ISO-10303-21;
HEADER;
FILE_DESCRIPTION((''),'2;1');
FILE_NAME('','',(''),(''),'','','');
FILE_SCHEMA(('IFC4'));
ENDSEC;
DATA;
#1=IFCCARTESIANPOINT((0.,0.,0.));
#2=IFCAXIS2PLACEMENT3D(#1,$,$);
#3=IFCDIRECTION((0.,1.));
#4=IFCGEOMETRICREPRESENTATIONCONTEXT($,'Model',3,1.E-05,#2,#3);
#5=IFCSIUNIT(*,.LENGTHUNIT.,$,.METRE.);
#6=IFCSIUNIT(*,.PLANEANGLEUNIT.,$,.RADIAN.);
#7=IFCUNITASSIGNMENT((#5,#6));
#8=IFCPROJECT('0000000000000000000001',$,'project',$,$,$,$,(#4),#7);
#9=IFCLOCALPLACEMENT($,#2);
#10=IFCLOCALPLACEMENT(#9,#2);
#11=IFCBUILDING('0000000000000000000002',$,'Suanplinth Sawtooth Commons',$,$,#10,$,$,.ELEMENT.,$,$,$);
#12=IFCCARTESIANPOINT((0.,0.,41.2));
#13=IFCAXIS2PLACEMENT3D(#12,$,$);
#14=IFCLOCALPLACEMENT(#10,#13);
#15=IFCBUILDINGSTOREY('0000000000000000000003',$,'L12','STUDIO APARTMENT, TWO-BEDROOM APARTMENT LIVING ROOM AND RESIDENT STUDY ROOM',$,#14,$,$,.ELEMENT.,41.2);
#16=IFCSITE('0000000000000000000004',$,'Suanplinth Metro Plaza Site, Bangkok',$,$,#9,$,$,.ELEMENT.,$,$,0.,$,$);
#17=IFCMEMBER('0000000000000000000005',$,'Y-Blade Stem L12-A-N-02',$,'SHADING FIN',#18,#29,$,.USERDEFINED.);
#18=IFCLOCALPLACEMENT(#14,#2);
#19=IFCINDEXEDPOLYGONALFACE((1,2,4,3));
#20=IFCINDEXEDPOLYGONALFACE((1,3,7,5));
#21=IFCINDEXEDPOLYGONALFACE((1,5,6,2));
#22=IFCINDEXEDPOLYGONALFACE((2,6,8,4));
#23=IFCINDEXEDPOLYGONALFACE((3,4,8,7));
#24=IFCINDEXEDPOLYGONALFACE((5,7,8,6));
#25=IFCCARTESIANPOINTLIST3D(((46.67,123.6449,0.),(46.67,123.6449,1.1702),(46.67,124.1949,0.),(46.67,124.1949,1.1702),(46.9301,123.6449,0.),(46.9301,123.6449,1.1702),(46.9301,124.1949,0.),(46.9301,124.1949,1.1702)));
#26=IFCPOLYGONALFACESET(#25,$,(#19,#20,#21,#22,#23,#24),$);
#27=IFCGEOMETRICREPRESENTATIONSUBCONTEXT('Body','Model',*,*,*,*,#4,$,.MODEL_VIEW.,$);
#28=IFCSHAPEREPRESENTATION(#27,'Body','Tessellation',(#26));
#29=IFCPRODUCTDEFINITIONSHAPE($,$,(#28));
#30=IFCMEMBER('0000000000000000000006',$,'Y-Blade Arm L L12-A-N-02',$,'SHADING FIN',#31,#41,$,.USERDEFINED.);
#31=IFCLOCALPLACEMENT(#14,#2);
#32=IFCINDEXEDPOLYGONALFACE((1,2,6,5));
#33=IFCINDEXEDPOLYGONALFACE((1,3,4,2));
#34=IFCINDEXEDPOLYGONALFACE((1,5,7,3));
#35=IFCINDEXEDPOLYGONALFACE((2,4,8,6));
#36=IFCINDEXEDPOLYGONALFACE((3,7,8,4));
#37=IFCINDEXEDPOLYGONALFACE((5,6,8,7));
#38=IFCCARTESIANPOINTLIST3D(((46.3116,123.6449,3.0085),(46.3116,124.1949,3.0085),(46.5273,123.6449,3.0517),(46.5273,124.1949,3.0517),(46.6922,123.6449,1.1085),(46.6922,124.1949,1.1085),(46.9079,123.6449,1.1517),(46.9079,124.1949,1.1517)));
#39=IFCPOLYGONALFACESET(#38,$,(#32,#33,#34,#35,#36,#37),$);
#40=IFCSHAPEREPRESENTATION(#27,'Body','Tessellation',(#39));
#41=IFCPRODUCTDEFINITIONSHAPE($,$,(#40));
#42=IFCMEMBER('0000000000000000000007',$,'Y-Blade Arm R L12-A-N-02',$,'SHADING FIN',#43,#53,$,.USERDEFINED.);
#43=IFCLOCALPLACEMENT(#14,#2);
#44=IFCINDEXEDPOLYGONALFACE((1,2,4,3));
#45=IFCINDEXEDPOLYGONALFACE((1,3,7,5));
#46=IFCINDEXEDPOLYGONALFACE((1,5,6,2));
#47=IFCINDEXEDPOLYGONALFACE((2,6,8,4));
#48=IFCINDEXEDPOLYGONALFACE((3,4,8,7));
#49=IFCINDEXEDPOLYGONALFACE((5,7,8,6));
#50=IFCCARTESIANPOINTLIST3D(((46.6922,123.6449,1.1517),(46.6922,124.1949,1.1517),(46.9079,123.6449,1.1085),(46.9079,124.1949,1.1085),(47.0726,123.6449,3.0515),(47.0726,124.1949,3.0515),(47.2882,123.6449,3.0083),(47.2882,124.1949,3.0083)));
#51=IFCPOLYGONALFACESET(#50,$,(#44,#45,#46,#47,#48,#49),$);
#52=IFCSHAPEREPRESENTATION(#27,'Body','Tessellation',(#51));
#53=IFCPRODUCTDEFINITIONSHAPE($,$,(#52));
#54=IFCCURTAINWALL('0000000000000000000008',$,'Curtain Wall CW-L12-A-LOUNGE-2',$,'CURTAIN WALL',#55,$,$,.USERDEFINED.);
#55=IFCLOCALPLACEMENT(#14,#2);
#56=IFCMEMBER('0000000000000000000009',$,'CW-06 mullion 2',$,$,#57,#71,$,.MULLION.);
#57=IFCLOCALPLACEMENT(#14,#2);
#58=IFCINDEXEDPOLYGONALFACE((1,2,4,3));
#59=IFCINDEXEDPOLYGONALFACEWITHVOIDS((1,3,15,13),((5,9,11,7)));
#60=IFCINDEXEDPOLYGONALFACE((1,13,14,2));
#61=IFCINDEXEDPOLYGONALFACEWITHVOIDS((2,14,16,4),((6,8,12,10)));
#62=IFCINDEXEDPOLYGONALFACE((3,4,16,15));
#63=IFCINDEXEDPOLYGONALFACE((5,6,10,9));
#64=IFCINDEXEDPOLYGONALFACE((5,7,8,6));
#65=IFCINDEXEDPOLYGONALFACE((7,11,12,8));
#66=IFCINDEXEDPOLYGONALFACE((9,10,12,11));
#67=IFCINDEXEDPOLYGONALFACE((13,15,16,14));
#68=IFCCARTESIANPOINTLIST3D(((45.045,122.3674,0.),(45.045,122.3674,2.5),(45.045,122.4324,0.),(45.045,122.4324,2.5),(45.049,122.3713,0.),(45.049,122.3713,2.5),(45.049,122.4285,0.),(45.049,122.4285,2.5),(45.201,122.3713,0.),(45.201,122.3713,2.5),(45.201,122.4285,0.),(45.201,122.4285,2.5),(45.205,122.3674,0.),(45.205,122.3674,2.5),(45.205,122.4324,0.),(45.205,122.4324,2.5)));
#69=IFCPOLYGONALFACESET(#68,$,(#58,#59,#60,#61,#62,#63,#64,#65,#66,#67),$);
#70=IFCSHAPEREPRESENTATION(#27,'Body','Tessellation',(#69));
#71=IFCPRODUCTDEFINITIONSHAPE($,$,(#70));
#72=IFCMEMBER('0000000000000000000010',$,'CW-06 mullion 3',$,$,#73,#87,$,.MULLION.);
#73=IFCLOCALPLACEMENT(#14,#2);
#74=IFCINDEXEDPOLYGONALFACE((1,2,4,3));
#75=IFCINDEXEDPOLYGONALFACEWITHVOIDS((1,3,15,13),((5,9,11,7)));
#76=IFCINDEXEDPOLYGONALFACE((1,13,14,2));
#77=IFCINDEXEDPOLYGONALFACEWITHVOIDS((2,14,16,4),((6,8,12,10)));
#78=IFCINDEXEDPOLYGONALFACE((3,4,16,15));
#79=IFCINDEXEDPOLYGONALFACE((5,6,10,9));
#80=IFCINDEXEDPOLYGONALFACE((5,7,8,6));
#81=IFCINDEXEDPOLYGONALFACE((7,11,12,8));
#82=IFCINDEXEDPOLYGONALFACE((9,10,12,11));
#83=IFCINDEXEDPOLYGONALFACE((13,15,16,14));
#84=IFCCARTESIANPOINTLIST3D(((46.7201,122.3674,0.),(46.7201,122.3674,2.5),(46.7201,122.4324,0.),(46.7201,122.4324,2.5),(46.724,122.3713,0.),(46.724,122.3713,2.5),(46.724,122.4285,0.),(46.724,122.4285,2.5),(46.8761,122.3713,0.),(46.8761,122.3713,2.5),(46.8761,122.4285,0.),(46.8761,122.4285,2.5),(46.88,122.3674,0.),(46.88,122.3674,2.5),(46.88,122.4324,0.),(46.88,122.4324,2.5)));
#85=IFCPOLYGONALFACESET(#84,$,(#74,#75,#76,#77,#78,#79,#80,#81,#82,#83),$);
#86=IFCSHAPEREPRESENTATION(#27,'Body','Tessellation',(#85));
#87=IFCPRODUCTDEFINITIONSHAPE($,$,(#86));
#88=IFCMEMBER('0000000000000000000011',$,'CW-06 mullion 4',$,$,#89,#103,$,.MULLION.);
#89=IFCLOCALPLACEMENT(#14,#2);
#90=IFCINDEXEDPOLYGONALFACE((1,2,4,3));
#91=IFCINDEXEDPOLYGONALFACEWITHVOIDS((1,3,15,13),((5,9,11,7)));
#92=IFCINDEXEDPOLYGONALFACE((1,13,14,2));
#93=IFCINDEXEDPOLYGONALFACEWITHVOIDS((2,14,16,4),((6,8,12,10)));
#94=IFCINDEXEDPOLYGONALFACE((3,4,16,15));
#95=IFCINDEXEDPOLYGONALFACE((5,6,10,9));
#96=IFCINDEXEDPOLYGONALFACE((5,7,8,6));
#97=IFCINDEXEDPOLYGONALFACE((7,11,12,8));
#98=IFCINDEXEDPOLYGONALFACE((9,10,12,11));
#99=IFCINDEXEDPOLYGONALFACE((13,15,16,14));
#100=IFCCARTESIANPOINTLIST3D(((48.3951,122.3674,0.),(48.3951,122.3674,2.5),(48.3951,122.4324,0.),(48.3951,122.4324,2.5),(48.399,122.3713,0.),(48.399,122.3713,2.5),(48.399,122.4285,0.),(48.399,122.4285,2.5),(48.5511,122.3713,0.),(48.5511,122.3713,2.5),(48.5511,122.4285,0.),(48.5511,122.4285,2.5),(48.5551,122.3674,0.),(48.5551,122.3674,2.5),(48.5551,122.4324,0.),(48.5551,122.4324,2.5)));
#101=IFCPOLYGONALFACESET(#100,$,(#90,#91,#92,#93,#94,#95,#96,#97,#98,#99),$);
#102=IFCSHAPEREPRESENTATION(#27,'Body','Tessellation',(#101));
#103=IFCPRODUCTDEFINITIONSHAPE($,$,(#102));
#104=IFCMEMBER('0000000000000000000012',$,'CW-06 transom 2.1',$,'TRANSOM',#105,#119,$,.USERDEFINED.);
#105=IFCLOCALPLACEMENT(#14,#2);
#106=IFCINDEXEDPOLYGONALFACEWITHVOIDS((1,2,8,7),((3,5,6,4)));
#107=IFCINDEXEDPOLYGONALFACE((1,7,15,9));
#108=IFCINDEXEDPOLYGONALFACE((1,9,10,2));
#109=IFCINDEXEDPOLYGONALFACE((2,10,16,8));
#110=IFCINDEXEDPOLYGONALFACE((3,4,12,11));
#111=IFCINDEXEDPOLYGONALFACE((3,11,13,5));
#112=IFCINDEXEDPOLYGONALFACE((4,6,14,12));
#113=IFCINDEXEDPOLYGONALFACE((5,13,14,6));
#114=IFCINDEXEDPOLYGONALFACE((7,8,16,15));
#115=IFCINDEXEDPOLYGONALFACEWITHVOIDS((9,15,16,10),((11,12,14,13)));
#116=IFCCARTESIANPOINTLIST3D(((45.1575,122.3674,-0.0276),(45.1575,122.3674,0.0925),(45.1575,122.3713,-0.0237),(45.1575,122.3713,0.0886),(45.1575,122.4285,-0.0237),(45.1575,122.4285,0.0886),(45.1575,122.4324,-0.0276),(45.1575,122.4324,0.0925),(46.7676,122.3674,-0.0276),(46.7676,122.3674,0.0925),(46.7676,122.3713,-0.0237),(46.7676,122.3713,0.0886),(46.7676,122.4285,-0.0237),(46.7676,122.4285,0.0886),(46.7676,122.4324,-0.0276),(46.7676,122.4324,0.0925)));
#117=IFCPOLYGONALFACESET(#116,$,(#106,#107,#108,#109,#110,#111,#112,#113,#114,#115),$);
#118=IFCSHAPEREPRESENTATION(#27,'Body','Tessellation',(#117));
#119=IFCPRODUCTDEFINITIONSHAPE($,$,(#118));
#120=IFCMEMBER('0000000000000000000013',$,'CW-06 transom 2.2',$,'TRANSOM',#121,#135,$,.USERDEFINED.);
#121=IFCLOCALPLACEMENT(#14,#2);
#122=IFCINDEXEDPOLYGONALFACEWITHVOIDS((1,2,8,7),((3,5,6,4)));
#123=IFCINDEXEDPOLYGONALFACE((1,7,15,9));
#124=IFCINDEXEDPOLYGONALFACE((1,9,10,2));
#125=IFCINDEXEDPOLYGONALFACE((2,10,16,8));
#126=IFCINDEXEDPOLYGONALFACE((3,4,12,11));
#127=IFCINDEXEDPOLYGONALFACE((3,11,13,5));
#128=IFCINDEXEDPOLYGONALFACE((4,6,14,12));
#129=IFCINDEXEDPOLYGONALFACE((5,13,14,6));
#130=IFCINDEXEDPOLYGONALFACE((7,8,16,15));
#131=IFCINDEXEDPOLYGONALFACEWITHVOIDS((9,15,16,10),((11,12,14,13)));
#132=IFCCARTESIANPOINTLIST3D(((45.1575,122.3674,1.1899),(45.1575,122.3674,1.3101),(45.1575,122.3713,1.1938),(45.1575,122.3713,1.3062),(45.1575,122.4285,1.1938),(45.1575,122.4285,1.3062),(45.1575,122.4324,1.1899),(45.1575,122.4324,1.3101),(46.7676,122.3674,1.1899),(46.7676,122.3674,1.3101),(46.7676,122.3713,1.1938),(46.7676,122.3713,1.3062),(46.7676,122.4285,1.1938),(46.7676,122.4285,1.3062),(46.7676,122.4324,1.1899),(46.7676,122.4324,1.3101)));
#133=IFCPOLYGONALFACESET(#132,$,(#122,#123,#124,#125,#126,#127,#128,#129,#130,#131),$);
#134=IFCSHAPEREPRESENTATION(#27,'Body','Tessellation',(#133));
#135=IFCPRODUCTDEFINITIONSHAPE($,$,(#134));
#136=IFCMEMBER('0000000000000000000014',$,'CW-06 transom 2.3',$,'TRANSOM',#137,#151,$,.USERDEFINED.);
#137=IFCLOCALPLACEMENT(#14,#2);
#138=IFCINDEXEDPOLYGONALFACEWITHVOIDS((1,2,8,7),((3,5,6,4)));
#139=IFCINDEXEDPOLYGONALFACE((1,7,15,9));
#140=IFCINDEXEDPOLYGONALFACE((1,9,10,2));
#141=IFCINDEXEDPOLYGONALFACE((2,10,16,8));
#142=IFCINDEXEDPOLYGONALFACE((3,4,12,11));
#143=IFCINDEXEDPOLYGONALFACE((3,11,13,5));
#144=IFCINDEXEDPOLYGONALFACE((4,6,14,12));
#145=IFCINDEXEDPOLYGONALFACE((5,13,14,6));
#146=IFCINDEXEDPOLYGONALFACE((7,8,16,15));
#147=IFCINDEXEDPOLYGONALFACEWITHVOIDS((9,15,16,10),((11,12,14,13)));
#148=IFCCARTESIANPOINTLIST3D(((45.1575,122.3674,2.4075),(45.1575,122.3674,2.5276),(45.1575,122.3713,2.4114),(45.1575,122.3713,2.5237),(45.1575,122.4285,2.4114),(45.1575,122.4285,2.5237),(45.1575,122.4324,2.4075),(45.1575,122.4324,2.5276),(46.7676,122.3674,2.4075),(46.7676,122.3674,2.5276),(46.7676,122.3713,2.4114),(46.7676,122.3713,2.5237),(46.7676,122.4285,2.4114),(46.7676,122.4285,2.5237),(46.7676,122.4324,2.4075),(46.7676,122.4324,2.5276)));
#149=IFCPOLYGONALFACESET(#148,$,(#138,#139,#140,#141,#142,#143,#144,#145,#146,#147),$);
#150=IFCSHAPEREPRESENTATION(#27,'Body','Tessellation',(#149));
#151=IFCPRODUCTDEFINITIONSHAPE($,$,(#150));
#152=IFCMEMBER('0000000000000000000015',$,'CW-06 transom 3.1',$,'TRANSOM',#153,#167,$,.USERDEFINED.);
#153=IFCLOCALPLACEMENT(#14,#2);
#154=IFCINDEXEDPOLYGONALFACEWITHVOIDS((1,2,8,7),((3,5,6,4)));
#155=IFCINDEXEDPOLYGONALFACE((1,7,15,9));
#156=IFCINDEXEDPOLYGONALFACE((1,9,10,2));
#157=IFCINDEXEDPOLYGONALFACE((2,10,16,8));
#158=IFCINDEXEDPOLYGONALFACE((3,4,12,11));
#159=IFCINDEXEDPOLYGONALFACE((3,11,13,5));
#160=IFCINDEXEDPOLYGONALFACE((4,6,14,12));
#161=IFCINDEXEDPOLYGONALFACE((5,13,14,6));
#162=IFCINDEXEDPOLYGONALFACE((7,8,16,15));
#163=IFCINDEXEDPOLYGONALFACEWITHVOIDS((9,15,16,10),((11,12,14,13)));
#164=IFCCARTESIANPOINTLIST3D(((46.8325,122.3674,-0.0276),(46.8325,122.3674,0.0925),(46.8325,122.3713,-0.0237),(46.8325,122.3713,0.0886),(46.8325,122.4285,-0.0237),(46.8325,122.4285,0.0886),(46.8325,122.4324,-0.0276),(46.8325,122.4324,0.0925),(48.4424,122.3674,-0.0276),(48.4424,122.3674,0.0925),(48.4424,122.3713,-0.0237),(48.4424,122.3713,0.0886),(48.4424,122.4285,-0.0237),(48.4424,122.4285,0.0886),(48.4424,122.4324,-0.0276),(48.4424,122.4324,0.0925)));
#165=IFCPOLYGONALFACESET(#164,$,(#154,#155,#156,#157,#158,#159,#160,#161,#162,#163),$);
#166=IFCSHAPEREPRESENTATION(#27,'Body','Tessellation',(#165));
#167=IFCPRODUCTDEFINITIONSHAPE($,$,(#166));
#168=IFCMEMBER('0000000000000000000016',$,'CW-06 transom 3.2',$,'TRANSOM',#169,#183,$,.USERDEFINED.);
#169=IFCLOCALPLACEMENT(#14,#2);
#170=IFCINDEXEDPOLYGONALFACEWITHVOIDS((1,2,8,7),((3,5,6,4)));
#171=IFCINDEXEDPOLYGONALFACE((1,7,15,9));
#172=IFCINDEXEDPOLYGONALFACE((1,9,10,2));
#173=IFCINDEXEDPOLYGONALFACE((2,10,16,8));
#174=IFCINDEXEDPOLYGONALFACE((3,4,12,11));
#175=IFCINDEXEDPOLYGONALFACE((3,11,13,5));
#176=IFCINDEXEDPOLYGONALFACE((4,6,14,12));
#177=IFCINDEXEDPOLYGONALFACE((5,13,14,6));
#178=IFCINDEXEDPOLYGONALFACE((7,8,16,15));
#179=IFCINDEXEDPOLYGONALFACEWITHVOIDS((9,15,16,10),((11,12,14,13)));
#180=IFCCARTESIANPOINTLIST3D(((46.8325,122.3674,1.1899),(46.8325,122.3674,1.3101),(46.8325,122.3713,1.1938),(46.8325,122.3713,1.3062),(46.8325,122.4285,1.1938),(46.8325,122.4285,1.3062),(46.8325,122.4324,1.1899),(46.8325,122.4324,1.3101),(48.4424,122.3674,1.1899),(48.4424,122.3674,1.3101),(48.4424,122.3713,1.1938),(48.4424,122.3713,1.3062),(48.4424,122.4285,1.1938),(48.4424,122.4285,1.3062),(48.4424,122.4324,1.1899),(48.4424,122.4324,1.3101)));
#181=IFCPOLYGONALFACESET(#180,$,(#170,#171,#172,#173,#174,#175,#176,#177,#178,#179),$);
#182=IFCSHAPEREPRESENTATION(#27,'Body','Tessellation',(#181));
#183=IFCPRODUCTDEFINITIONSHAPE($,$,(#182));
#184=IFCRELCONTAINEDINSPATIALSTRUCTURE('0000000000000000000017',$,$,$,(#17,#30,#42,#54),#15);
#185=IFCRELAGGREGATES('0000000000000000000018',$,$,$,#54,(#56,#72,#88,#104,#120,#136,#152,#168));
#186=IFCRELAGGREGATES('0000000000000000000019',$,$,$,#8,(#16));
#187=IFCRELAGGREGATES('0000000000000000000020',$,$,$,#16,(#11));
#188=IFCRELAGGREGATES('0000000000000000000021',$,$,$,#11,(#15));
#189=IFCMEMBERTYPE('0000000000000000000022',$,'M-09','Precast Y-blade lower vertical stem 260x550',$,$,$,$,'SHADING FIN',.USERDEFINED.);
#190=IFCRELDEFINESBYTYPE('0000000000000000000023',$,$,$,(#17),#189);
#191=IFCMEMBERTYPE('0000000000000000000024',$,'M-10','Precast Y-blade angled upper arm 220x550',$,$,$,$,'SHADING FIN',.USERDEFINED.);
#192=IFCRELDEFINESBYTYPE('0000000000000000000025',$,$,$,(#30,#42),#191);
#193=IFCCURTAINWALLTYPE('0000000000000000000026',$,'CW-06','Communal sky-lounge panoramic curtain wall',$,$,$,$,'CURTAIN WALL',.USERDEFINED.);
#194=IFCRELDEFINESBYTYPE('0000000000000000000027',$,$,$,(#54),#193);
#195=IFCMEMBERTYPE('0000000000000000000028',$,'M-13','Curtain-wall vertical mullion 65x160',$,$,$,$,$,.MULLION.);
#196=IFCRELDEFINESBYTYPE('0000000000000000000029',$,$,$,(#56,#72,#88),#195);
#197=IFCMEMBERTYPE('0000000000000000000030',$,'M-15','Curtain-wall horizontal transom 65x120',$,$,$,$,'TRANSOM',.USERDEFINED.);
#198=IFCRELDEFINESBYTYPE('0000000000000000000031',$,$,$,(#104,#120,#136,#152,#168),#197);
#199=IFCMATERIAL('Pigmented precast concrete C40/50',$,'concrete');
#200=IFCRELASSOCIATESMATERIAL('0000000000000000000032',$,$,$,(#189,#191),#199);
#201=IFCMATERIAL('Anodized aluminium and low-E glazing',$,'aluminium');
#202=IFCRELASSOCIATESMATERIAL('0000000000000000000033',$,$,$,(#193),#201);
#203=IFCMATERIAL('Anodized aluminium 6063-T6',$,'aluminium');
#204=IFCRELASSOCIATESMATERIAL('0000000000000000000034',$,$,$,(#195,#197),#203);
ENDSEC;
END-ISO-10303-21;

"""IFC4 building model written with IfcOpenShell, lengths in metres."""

from ifc_helpers import new_model, si_unit, direction, frame, origin, origin_2d, place, context, subcontext, project, spatial, rectangle, hollow_rectangle, extrude, material, material_profile, profile_set, type_object, element, aggregate, save


model = new_model("IFC4")

# Units and contexts
model_context = context("Model", 3, precision=1e-05, world=origin(), true_north=direction((0.0, 1.0)))
body_context = subcontext(model_context, "Body", "Model", "MODEL_VIEW")
ifc_project = project(units=[si_unit("LENGTHUNIT", "METRE"), si_unit("PLANEANGLEUNIT", "RADIAN")], contexts=[model_context])

# Site, building, storey
site_placement = place(None, origin())
site = spatial("IfcSite", under=ifc_project, at=site_placement, Name="Suanplinth Metro Plaza Site, Bangkok", CompositionType="ELEMENT", RefElevation=0.0)
building_placement = place(site_placement, origin())
building = spatial("IfcBuilding", under=site, at=building_placement, Name="Suanplinth Sawtooth Commons", CompositionType="ELEMENT")
storey_placement = place(building_placement, frame((0.0, 0.0, 41.2)))
storey = spatial("IfcBuildingStorey", under=building, at=storey_placement, Name="L12", Description="STUDIO APARTMENT, TWO-BEDROOM APARTMENT LIVING ROOM AND RESIDENT STUDY ROOM", CompositionType="ELEMENT", Elevation=41.2)

# Members
ifc_material_1 = material(Name="Pigmented precast concrete C40/50", Category="concrete")
ifc_material_profile_1 = material_profile(ifc_material_1, rectangle(XDim=0.26, YDim=0.55, at=origin_2d()), Name="PC-FIN 260x550")
ifc_profile_set_1 = profile_set([ifc_material_profile_1], Name="Pigmented precast concrete C40/50")
member_type_1 = type_object("IfcMemberType", Name="M-09", Description="Precast Y-blade lower vertical stem 260x550", ElementType="SHADING FIN", PredefinedType="USERDEFINED", material=ifc_profile_set_1)
member_1_placement = place(storey_placement, frame((46.8, 123.9199, 0.0), z_axis=(0.0, 0.0, 1.0), x_axis=(1.0, 0.0, 0.0)))
element("IfcMember", 1, at=member_1_placement, inside=storey, type_object=member_type_1, Name="Y-Blade Stem L12-A-N-02", ObjectType="SHADING FIN", PredefinedType="USERDEFINED", context=body_context, shape_type="SweptSolid", body=[
    extrude(rectangle(XDim=0.26, YDim=0.55, at=origin_2d()), origin(), (0.0, 0.0, 1.0), 1.1702),
])
ifc_material_profile_2 = material_profile(ifc_material_1, rectangle(XDim=0.22, YDim=0.55, at=origin_2d()), Name="PC-FIN 220x550")
ifc_profile_set_2 = profile_set([ifc_material_profile_2], Name="Pigmented precast concrete C40/50")
member_type_2 = type_object("IfcMemberType", Name="M-10", Description="Precast Y-blade angled upper arm 220x550", ElementType="SHADING FIN", PredefinedType="USERDEFINED", material=ifc_profile_set_2)
member_2_placement = place(storey_placement, frame((46.8, 123.9199, 1.1301), z_axis=(-0.196431, 0.0, 0.980518), x_axis=(0.980518, 0.0, 0.196431)))
element("IfcMember", 2, at=member_2_placement, inside=storey, type_object=member_type_2, Name="Y-Blade Arm L L12-A-N-02", ObjectType="SHADING FIN", PredefinedType="USERDEFINED", context=body_context, shape_type="SweptSolid", body=[
    extrude(rectangle(XDim=0.22, YDim=0.55, at=origin_2d()), origin(), (0.0, 0.0, 1.0), 1.9377),
])
member_3_placement = place(storey_placement, frame((46.8, 123.9199, 1.1301), z_axis=(0.19631, 0.0, 0.980542), x_axis=(-0.980542, 0.0, 0.19631)))
element("IfcMember", 3, at=member_3_placement, inside=storey, type_object=member_type_2, Name="Y-Blade Arm R L12-A-N-02", ObjectType="SHADING FIN", PredefinedType="USERDEFINED", context=body_context, shape_type="SweptSolid", body=[
    extrude(rectangle(XDim=0.22, YDim=0.55, at=origin_2d()), origin(), (0.0, 0.0, 1.0), 1.9375),
])

# Curtain wall, members
ifc_material_2 = material(Name="Anodized aluminium and low-E glazing", Category="aluminium")
curtain_wall_type = type_object("IfcCurtainWallType", Name="CW-06", Description="Communal sky-lounge panoramic curtain wall", ElementType="CURTAIN WALL", PredefinedType="USERDEFINED", material=ifc_material_2)
curtain_wall_placement = place(storey_placement, origin())
curtain_wall = element("IfcCurtainWall", 4, at=curtain_wall_placement, inside=storey, type_object=curtain_wall_type, Name="Curtain Wall CW-L12-A-LOUNGE-2", ObjectType="CURTAIN WALL", PredefinedType="USERDEFINED")
ifc_material_3 = material(Name="Anodized aluminium 6063-T6", Category="aluminium")
ifc_material_profile_3 = material_profile(ifc_material_3, hollow_rectangle(XDim=0.0649, YDim=0.1599, WallThickness=0.0039, at=origin_2d()), Name="ALU-MUL 65x160")
ifc_profile_set_3 = profile_set([ifc_material_profile_3], Name="Anodized aluminium 6063-T6")
member_type_3 = type_object("IfcMemberType", Name="M-13", Description="Curtain-wall vertical mullion 65x160", PredefinedType="MULLION", material=ifc_profile_set_3)
member_4_placement = place(storey_placement, frame((45.125, 122.3999, 0.0), z_axis=(0.0, 0.0, 1.0), x_axis=(0.0, 1.0, 0.0)))
member_4 = element("IfcMember", 5, at=member_4_placement, type_object=member_type_3, Name="CW-06 mullion 2", PredefinedType="MULLION", context=body_context, shape_type="SweptSolid", body=[
    extrude(hollow_rectangle(XDim=0.0649, YDim=0.1599, WallThickness=0.0039, at=origin_2d()), origin(), (0.0, 0.0, 1.0), 2.5),
])
member_5_placement = place(storey_placement, frame((46.8, 122.3999, 0.0), z_axis=(0.0, 0.0, 1.0), x_axis=(0.0, 1.0, 0.0)))
member_5 = element("IfcMember", 6, at=member_5_placement, type_object=member_type_3, Name="CW-06 mullion 3", PredefinedType="MULLION", context=body_context, shape_type="SweptSolid", body=[
    extrude(hollow_rectangle(XDim=0.0649, YDim=0.1599, WallThickness=0.0039, at=origin_2d()), origin(), (0.0, 0.0, 1.0), 2.5),
])
member_6_placement = place(storey_placement, frame((48.4751, 122.3999, 0.0), z_axis=(0.0, 0.0, 1.0), x_axis=(0.0, 1.0, 0.0)))
member_6 = element("IfcMember", 7, at=member_6_placement, type_object=member_type_3, Name="CW-06 mullion 4", PredefinedType="MULLION", context=body_context, shape_type="SweptSolid", body=[
    extrude(hollow_rectangle(XDim=0.0649, YDim=0.1599, WallThickness=0.0039, at=origin_2d()), origin(), (0.0, 0.0, 1.0), 2.5),
])
ifc_material_profile_4 = material_profile(ifc_material_3, hollow_rectangle(XDim=0.0649, YDim=0.1201, WallThickness=0.0039, at=origin_2d()), Name="ALU-TRN 65x120")
ifc_profile_set_4 = profile_set([ifc_material_profile_4], Name="Anodized aluminium 6063-T6")
member_type_4 = type_object("IfcMemberType", Name="M-15", Description="Curtain-wall horizontal transom 65x120", ElementType="TRANSOM", PredefinedType="USERDEFINED", material=ifc_profile_set_4)
member_7_placement = place(storey_placement, frame((45.1575, 122.3999, 0.0325), z_axis=(1.0, 0.0, 0.0), x_axis=(0.0, 1.0, 0.0)))
member_7 = element("IfcMember", 8, at=member_7_placement, type_object=member_type_4, Name="CW-06 transom 2.1", ObjectType="TRANSOM", PredefinedType="USERDEFINED", context=body_context, shape_type="SweptSolid", body=[
    extrude(hollow_rectangle(XDim=0.0649, YDim=0.1201, WallThickness=0.0039, at=origin_2d()), origin(), (0.0, 0.0, 1.0), 1.6101),
])
member_8_placement = place(storey_placement, frame((45.1575, 122.3999, 1.25), z_axis=(1.0, 0.0, 0.0), x_axis=(0.0, 1.0, 0.0)))
member_8 = element("IfcMember", 9, at=member_8_placement, type_object=member_type_4, Name="CW-06 transom 2.2", ObjectType="TRANSOM", PredefinedType="USERDEFINED", context=body_context, shape_type="SweptSolid", body=[
    extrude(hollow_rectangle(XDim=0.0649, YDim=0.1201, WallThickness=0.0039, at=origin_2d()), origin(), (0.0, 0.0, 1.0), 1.6101),
])
member_9_placement = place(storey_placement, frame((45.1575, 122.3999, 2.4675), z_axis=(1.0, 0.0, 0.0), x_axis=(0.0, 1.0, 0.0)))
member_9 = element("IfcMember", 10, at=member_9_placement, type_object=member_type_4, Name="CW-06 transom 2.3", ObjectType="TRANSOM", PredefinedType="USERDEFINED", context=body_context, shape_type="SweptSolid", body=[
    extrude(hollow_rectangle(XDim=0.0649, YDim=0.1201, WallThickness=0.0039, at=origin_2d()), origin(), (0.0, 0.0, 1.0), 1.6101),
])
member_10_placement = place(storey_placement, frame((46.8325, 122.3999, 0.0325), z_axis=(1.0, 0.0, 0.0), x_axis=(0.0, 1.0, 0.0)))
member_10 = element("IfcMember", 11, at=member_10_placement, type_object=member_type_4, Name="CW-06 transom 3.1", ObjectType="TRANSOM", PredefinedType="USERDEFINED", context=body_context, shape_type="SweptSolid", body=[
    extrude(hollow_rectangle(XDim=0.0649, YDim=0.1201, WallThickness=0.0039, at=origin_2d()), origin(), (0.0, 0.0, 1.0), 1.6099),
])
member_11_placement = place(storey_placement, frame((46.8325, 122.3999, 1.25), z_axis=(1.0, 0.0, 0.0), x_axis=(0.0, 1.0, 0.0)))
member_11 = element("IfcMember", 12, at=member_11_placement, type_object=member_type_4, Name="CW-06 transom 3.2", ObjectType="TRANSOM", PredefinedType="USERDEFINED", context=body_context, shape_type="SweptSolid", body=[
    extrude(hollow_rectangle(XDim=0.0649, YDim=0.1201, WallThickness=0.0039, at=origin_2d()), origin(), (0.0, 0.0, 1.0), 1.6099),
])

aggregate(curtain_wall, [member_4, member_5, member_6, member_7, member_8, member_9, member_10, member_11])

save(model, "model.ifc")
